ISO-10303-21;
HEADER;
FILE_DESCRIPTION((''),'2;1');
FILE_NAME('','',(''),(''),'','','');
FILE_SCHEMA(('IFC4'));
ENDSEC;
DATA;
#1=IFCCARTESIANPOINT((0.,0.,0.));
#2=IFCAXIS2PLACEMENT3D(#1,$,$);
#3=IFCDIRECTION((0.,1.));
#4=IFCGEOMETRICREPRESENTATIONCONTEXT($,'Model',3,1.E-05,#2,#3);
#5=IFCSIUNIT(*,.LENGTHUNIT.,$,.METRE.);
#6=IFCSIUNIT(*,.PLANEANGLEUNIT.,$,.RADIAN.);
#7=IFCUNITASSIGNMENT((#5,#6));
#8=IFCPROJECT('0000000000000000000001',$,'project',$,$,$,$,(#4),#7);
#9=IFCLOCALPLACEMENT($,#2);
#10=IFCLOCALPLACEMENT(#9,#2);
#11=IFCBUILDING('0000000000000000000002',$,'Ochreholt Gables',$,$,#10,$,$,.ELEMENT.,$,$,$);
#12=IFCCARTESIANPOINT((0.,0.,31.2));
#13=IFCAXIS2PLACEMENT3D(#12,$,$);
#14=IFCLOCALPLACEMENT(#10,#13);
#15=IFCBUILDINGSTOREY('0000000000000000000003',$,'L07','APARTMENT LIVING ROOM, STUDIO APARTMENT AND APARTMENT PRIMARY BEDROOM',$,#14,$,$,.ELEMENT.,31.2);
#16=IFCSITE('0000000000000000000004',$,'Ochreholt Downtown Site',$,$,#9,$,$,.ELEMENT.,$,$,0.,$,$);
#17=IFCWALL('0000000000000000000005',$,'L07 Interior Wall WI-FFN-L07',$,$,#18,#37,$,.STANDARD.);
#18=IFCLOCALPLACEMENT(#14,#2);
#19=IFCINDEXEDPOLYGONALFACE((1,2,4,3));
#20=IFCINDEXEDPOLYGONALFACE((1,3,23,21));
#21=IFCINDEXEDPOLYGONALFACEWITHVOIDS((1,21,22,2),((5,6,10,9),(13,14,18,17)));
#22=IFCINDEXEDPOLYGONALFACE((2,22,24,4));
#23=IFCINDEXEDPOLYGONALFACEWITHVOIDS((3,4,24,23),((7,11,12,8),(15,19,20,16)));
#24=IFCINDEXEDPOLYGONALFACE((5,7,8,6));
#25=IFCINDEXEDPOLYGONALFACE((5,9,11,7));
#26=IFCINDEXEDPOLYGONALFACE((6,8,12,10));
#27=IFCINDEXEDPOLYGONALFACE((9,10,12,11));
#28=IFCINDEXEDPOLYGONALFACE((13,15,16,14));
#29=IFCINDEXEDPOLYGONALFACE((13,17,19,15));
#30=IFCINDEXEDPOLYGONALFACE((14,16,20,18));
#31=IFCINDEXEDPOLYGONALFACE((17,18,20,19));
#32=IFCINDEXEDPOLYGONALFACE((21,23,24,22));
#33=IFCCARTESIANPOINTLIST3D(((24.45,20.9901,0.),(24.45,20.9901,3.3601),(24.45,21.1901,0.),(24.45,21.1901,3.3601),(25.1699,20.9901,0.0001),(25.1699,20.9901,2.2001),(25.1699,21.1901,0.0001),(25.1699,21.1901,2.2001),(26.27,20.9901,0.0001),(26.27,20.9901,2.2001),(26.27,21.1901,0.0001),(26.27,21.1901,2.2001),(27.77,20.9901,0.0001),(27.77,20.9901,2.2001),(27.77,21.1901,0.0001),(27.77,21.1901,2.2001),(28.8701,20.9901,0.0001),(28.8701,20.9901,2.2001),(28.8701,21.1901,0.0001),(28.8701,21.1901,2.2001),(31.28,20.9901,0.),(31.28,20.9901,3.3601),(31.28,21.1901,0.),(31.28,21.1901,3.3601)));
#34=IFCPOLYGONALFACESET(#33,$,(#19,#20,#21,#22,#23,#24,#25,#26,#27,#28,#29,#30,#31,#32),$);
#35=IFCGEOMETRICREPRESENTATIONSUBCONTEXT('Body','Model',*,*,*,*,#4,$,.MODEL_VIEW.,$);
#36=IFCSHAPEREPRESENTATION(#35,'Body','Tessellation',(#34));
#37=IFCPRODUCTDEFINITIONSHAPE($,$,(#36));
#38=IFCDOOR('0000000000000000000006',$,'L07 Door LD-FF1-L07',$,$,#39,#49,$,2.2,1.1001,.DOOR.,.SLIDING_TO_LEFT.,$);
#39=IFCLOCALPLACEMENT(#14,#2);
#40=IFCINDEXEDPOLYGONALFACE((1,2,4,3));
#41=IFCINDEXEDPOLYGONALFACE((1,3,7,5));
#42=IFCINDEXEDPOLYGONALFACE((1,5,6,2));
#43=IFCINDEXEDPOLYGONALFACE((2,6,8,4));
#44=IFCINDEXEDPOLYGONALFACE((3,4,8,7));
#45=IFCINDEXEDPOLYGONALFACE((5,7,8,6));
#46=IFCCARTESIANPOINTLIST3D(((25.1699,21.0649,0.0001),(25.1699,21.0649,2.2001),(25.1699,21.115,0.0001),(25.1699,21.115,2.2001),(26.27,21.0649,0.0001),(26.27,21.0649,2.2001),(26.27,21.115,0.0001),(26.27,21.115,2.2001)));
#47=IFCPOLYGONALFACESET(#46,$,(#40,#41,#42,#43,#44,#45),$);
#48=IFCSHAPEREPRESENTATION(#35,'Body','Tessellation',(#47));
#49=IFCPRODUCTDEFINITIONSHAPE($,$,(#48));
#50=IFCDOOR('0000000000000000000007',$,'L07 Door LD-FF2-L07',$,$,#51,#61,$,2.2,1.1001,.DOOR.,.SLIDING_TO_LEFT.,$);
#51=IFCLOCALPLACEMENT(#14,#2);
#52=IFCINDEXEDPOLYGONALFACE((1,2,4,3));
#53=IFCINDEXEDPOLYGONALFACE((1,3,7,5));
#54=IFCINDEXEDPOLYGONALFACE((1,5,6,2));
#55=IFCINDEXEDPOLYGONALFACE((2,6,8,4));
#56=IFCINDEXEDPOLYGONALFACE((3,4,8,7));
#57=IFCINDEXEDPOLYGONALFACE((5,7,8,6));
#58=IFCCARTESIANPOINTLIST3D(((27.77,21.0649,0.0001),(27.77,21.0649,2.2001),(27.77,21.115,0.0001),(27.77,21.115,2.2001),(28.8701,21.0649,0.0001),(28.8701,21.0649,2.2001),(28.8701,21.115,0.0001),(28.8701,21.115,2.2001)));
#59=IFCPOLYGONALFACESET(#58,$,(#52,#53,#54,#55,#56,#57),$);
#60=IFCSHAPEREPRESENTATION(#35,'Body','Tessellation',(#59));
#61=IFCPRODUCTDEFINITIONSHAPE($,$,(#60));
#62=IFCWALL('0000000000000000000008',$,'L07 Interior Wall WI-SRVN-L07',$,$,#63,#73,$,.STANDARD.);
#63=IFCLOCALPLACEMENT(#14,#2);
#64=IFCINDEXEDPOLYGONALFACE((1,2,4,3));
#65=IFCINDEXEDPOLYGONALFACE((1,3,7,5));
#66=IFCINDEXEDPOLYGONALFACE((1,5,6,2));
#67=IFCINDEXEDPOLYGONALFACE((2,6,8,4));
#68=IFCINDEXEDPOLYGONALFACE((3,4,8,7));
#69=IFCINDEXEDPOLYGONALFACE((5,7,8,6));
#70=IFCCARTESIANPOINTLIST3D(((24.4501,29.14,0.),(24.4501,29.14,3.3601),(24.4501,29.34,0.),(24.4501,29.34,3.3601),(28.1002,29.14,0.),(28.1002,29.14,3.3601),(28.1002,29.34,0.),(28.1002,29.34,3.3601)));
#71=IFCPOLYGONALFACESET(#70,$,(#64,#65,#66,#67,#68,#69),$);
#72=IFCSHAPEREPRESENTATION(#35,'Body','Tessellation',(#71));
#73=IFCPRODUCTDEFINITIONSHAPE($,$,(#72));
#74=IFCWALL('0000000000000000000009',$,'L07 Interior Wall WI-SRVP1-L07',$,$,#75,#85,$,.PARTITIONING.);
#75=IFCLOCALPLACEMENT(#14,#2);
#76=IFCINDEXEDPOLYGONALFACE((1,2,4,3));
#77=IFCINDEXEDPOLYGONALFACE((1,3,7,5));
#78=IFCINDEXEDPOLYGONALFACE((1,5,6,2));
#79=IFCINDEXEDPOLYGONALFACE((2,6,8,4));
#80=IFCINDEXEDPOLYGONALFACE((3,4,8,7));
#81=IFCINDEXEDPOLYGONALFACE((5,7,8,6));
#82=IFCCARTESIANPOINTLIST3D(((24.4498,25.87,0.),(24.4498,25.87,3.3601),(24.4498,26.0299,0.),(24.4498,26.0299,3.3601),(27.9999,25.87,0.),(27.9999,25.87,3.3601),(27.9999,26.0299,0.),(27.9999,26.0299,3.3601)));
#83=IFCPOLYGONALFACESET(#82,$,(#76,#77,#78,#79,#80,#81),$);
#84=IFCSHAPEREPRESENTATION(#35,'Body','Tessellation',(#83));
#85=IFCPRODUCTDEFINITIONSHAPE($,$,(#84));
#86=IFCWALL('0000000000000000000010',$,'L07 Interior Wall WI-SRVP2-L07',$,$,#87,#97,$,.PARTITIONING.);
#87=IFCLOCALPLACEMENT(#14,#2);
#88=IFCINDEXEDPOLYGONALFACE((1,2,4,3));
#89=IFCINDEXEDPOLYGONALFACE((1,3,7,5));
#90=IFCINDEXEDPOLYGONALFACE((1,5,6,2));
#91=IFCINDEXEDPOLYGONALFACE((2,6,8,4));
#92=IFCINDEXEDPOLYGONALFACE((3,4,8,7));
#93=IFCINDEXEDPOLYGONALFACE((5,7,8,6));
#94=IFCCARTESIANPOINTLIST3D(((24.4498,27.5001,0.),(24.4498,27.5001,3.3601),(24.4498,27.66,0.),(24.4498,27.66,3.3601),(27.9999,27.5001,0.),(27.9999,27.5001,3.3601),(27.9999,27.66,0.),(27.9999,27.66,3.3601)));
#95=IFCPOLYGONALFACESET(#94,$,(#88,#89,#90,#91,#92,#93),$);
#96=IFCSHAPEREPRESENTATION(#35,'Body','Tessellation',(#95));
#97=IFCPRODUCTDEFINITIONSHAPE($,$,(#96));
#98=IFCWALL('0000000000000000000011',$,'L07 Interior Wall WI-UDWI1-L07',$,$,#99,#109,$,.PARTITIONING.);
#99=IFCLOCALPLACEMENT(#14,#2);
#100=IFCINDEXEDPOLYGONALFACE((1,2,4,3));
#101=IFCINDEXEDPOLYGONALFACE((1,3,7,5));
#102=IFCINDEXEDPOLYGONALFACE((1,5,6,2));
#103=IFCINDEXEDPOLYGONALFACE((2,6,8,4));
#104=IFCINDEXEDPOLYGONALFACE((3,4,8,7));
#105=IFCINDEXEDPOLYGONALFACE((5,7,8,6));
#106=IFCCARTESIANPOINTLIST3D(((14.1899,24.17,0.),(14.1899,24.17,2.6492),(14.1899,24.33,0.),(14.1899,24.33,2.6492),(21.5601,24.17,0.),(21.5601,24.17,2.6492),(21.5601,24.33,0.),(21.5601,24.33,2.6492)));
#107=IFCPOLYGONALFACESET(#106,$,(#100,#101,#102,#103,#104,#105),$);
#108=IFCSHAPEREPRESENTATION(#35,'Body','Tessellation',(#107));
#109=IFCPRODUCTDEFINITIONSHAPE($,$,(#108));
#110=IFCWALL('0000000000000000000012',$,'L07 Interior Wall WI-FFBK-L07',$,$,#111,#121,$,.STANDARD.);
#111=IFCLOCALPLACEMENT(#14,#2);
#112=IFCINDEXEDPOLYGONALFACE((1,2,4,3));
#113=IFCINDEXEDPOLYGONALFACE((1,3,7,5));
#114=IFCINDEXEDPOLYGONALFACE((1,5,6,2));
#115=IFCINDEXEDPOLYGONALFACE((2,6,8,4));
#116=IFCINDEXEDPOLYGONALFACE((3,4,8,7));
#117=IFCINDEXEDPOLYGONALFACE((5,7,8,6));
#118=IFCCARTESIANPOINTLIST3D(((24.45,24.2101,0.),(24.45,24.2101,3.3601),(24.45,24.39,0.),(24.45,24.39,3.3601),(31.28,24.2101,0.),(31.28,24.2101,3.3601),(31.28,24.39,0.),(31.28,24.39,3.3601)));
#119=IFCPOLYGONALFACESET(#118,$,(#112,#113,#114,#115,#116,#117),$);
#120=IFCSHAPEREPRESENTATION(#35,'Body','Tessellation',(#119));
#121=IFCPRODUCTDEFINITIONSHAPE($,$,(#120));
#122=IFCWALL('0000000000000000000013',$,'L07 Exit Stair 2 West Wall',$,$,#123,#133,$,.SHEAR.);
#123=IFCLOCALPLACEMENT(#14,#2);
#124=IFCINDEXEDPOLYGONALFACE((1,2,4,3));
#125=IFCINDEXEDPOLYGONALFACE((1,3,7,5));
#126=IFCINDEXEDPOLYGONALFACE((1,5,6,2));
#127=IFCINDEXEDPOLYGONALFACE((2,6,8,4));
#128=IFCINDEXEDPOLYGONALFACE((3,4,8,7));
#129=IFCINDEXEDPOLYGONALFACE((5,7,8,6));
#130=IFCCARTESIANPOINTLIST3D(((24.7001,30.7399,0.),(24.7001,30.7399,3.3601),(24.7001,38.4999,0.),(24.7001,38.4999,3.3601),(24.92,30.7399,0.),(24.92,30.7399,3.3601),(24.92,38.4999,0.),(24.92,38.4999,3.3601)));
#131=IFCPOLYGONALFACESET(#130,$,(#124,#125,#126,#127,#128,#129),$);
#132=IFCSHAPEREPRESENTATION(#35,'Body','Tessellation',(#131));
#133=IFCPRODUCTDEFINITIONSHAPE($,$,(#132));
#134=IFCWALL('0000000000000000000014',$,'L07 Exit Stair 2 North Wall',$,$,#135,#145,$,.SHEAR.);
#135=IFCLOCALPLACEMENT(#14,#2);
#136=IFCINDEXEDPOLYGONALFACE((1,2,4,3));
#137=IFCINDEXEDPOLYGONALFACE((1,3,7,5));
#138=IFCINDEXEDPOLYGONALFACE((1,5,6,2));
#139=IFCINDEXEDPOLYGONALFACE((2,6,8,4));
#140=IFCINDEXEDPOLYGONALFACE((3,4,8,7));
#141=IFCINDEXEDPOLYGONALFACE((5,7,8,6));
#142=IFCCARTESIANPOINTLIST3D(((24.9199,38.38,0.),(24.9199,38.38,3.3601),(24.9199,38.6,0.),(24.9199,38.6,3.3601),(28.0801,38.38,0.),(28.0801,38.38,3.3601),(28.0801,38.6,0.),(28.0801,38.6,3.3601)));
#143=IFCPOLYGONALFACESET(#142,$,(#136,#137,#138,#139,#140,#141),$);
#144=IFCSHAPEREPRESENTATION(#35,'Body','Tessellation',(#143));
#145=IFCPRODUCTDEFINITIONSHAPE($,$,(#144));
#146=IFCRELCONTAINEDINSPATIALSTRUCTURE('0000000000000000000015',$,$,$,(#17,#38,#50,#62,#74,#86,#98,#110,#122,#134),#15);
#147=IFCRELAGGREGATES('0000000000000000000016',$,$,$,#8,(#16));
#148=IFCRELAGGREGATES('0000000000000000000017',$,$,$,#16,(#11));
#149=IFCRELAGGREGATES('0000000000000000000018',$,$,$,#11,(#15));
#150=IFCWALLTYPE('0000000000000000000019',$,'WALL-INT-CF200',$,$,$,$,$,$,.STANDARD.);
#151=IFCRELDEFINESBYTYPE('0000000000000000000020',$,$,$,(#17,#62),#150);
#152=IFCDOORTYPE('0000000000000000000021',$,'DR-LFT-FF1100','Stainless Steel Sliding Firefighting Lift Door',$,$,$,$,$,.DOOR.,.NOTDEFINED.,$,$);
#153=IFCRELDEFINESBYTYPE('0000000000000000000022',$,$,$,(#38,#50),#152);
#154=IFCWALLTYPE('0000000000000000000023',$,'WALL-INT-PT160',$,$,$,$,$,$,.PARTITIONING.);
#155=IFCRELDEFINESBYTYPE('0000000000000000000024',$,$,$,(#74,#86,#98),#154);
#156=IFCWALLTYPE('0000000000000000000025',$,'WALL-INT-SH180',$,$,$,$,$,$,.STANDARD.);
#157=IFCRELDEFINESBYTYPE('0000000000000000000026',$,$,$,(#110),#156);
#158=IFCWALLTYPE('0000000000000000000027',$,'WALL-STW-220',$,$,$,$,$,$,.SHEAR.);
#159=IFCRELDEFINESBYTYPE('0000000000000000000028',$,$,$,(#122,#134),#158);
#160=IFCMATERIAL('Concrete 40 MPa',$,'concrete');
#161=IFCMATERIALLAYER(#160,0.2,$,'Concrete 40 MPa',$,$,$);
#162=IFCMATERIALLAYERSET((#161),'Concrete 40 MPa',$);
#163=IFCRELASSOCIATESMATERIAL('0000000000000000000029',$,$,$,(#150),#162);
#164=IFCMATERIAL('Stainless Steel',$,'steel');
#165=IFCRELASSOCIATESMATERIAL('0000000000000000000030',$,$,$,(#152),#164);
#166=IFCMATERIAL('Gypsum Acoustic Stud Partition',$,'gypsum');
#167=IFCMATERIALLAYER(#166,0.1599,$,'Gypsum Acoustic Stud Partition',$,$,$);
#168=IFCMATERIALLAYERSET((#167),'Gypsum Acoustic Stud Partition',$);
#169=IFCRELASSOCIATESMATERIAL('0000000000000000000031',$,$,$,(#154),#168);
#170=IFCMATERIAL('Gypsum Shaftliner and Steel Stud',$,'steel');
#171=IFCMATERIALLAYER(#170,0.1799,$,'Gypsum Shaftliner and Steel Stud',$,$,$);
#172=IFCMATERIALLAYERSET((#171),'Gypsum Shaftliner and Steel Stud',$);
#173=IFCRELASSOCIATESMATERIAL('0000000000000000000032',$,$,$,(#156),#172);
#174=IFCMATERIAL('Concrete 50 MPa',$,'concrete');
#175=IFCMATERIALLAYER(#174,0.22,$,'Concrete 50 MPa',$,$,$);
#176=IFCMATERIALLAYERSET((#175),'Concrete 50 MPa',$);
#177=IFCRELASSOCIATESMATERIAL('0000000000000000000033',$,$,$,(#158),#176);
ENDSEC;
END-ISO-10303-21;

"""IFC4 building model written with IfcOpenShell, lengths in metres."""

from ifc_helpers import new_model, si_unit, direction, frame, frame_2d, origin, place, context, subcontext, project, spatial, rectangle, extrude, material, layer, layer_set, type_object, element, fill, save


model = new_model("IFC4")

# Units and contexts
model_context = context("Model", 3, precision=1e-05, world=origin(), true_north=direction((0.0, 1.0)))
body_context = subcontext(model_context, "Body", "Model", "MODEL_VIEW")
ifc_project = project(units=[si_unit("LENGTHUNIT", "METRE"), si_unit("PLANEANGLEUNIT", "RADIAN")], contexts=[model_context])

# Site, building, storey
site_placement = place(None, origin())
site = spatial("IfcSite", under=ifc_project, at=site_placement, Name="Ochreholt Downtown Site", CompositionType="ELEMENT", RefElevation=0.0)
building_placement = place(site_placement, origin())
building = spatial("IfcBuilding", under=site, at=building_placement, Name="Ochreholt Gables", CompositionType="ELEMENT")
storey_placement = place(building_placement, frame((0.0, 0.0, 31.2)))
storey = spatial("IfcBuildingStorey", under=building, at=storey_placement, Name="L07", Description="APARTMENT LIVING ROOM, STUDIO APARTMENT AND APARTMENT PRIMARY BEDROOM", CompositionType="ELEMENT", Elevation=31.2)

# Wall, openings, doors
ifc_material_1 = material(Name="Concrete 40 MPa", Category="concrete")
ifc_layer_1 = layer(ifc_material_1, 0.2, Name="Concrete 40 MPa")
ifc_layer_set_1 = layer_set([ifc_layer_1], Name="Concrete 40 MPa")
wall_type_1 = type_object("IfcWallType", Name="WALL-INT-CF200", PredefinedType="STANDARD", material=ifc_layer_set_1)
wall_1_placement = place(storey_placement, frame((24.45, 21.0901, 0.0), z_axis=(0.0, 0.0, 1.0), x_axis=(1.0, 0.0, 0.0)))
wall_1 = element("IfcWall", 1, at=wall_1_placement, inside=storey, type_object=wall_type_1, Name="L07 Interior Wall WI-FFN-L07", PredefinedType="STANDARD", context=body_context, shape_type="SweptSolid", body=[
    extrude(rectangle(XDim=6.8301, YDim=0.2, at=frame_2d((3.415, 0.0))), origin(), (0.0, 0.0, 1.0), 3.3601),
])
opening_1_placement = place(wall_1_placement, frame((0.72, 0.0, 0.0)))
opening_1 = element("IfcOpeningElement", 2, at=opening_1_placement, cuts=wall_1, PredefinedType="OPENING", context=body_context, shape_type="SweptSolid", body=[
    extrude(rectangle(XDim=1.1001, YDim=2.2, at=frame_2d((0.55, 1.1001))), frame((0.0, 0.1099, 0.0), z_axis=(0.0, -1.0, 0.0), x_axis=(1.0, 0.0, 0.0)), (0.0, 0.0, 1.0), 0.22),
])
opening_2_placement = place(wall_1_placement, frame((3.3201, 0.0, 0.0)))
opening_2 = element("IfcOpeningElement", 3, at=opening_2_placement, cuts=wall_1, PredefinedType="OPENING", context=body_context, shape_type="SweptSolid", body=[
    extrude(rectangle(XDim=1.1001, YDim=2.2, at=frame_2d((0.55, 1.1001))), frame((0.0, 0.1099, 0.0), z_axis=(0.0, -1.0, 0.0), x_axis=(1.0, 0.0, 0.0)), (0.0, 0.0, 1.0), 0.22),
])
ifc_material_2 = material(Name="Stainless Steel", Category="steel")
door_type_1 = type_object("IfcDoorType", Name="DR-LFT-FF1100", Description="Stainless Steel Sliding Firefighting Lift Door", OperationType="NOTDEFINED", PredefinedType="DOOR", material=ifc_material_2)
door_1_placement = place(opening_1_placement, origin())
door_1 = element("IfcDoor", 4, at=door_1_placement, inside=storey, type_object=door_type_1, Name="L07 Door LD-FF1-L07", OperationType="SLIDING_TO_LEFT", OverallHeight=2.2, OverallWidth=1.1001, PredefinedType="DOOR", context=body_context, shape_type="SweptSolid", body=[
    extrude(rectangle(XDim=1.1001, YDim=2.2, at=frame_2d((0.55, 1.1001))), frame((0.0, 0.0249, 0.0), z_axis=(0.0, -1.0, 0.0), x_axis=(1.0, 0.0, 0.0)), (0.0, 0.0, 1.0), 0.05),
])
fill(opening_1, door_1)
door_2_placement = place(opening_2_placement, origin())
door_2 = element("IfcDoor", 5, at=door_2_placement, inside=storey, type_object=door_type_1, Name="L07 Door LD-FF2-L07", OperationType="SLIDING_TO_LEFT", OverallHeight=2.2, OverallWidth=1.1001, PredefinedType="DOOR", context=body_context, shape_type="SweptSolid", body=[
    extrude(rectangle(XDim=1.1001, YDim=2.2, at=frame_2d((0.55, 1.1001))), frame((0.0, 0.0249, 0.0), z_axis=(0.0, -1.0, 0.0), x_axis=(1.0, 0.0, 0.0)), (0.0, 0.0, 1.0), 0.05),
])
fill(opening_2, door_2)

# Walls
wall_2_placement = place(storey_placement, frame((24.45, 29.24, 0.0), z_axis=(0.0, 0.0, 1.0), x_axis=(1.0, 0.0, 0.0)))
element("IfcWall", 6, at=wall_2_placement, inside=storey, type_object=wall_type_1, Name="L07 Interior Wall WI-SRVN-L07", PredefinedType="STANDARD", context=body_context, shape_type="SweptSolid", body=[
    extrude(rectangle(XDim=3.6501, YDim=0.2, at=frame_2d((1.8252, 0.0))), origin(), (0.0, 0.0, 1.0), 3.3601),
])
ifc_material_3 = material(Name="Gypsum Acoustic Stud Partition", Category="gypsum")
ifc_layer_2 = layer(ifc_material_3, 0.1599, Name="Gypsum Acoustic Stud Partition")
ifc_layer_set_2 = layer_set([ifc_layer_2], Name="Gypsum Acoustic Stud Partition")
wall_type_2 = type_object("IfcWallType", Name="WALL-INT-PT160", PredefinedType="PARTITIONING", material=ifc_layer_set_2)
for number, where, z_axis, x_axis, name in (
    (7, (24.45, 25.95, 0.0), (0.0, 0.0, 1.0), (1.0, 0.0, 0.0), "L07 Interior Wall WI-SRVP1-L07"),
    (8, (24.45, 27.5801, 0.0), (0.0, 0.0, 1.0), (1.0, 0.0, 0.0), "L07 Interior Wall WI-SRVP2-L07"),
):
    element("IfcWall", number, at=place(storey_placement, frame(where, z_axis=z_axis, x_axis=x_axis)), inside=storey, type_object=wall_type_2, Name=name, PredefinedType="PARTITIONING", context=body_context, shape_type="SweptSolid", body=[
        extrude(rectangle(XDim=3.55, YDim=0.1599, at=frame_2d((1.7749, 0.0))), origin(), (0.0, 0.0, 1.0), 3.3601),
    ])
wall_3_placement = place(storey_placement, frame((14.1899, 24.25, 0.0), z_axis=(0.0, 0.0, 1.0), x_axis=(1.0, 0.0, 0.0)))
element("IfcWall", 9, at=wall_3_placement, inside=storey, type_object=wall_type_2, Name="L07 Interior Wall WI-UDWI1-L07", PredefinedType="PARTITIONING", context=body_context, shape_type="SweptSolid", body=[
    extrude(rectangle(XDim=7.3701, YDim=0.1599, at=frame_2d((3.6851, 0.0))), origin(), (0.0, 0.0, 1.0), 2.6492),
])
ifc_material_4 = material(Name="Gypsum Shaftliner and Steel Stud", Category="steel")
ifc_layer_3 = layer(ifc_material_4, 0.1799, Name="Gypsum Shaftliner and Steel Stud")
ifc_layer_set_3 = layer_set([ifc_layer_3], Name="Gypsum Shaftliner and Steel Stud")
wall_type_3 = type_object("IfcWallType", Name="WALL-INT-SH180", PredefinedType="STANDARD", material=ifc_layer_set_3)
wall_4_placement = place(storey_placement, frame((24.45, 24.3, 0.0), z_axis=(0.0, 0.0, 1.0), x_axis=(1.0, 0.0, 0.0)))
element("IfcWall", 10, at=wall_4_placement, inside=storey, type_object=wall_type_3, Name="L07 Interior Wall WI-FFBK-L07", PredefinedType="STANDARD", context=body_context, shape_type="SweptSolid", body=[
    extrude(rectangle(XDim=6.8301, YDim=0.1799, at=frame_2d((3.415, 0.0))), origin(), (0.0, 0.0, 1.0), 3.3601),
])
ifc_material_5 = material(Name="Concrete 50 MPa", Category="concrete")
ifc_layer_4 = layer(ifc_material_5, 0.22, Name="Concrete 50 MPa")
ifc_layer_set_4 = layer_set([ifc_layer_4], Name="Concrete 50 MPa")
wall_type_4 = type_object("IfcWallType", Name="WALL-STW-220", PredefinedType="SHEAR", material=ifc_layer_set_4)
wall_5_placement = place(storey_placement, frame((24.8101, 30.74, 0.0), z_axis=(0.0, 0.0, 1.0), x_axis=(0.0, 1.0, 0.0)))
element("IfcWall", 11, at=wall_5_placement, inside=storey, type_object=wall_type_4, Name="L07 Exit Stair 2 West Wall", PredefinedType="SHEAR", context=body_context, shape_type="SweptSolid", body=[
    extrude(rectangle(XDim=7.76, YDim=0.22, at=frame_2d((3.8799, 0.0))), origin(), (0.0, 0.0, 1.0), 3.3601),
])

# Wall
wall_6_placement = place(storey_placement, frame((24.9199, 38.49, 0.0), z_axis=(0.0, 0.0, 1.0), x_axis=(1.0, 0.0, 0.0)))
element("IfcWall", 12, at=wall_6_placement, inside=storey, type_object=wall_type_4, Name="L07 Exit Stair 2 North Wall", PredefinedType="SHEAR", context=body_context, shape_type="SweptSolid", body=[
    extrude(rectangle(XDim=3.1602, YDim=0.22, at=frame_2d((1.5801, 0.0))), origin(), (0.0, 0.0, 1.0), 3.3601),
])

save(model, "model.ifc")
